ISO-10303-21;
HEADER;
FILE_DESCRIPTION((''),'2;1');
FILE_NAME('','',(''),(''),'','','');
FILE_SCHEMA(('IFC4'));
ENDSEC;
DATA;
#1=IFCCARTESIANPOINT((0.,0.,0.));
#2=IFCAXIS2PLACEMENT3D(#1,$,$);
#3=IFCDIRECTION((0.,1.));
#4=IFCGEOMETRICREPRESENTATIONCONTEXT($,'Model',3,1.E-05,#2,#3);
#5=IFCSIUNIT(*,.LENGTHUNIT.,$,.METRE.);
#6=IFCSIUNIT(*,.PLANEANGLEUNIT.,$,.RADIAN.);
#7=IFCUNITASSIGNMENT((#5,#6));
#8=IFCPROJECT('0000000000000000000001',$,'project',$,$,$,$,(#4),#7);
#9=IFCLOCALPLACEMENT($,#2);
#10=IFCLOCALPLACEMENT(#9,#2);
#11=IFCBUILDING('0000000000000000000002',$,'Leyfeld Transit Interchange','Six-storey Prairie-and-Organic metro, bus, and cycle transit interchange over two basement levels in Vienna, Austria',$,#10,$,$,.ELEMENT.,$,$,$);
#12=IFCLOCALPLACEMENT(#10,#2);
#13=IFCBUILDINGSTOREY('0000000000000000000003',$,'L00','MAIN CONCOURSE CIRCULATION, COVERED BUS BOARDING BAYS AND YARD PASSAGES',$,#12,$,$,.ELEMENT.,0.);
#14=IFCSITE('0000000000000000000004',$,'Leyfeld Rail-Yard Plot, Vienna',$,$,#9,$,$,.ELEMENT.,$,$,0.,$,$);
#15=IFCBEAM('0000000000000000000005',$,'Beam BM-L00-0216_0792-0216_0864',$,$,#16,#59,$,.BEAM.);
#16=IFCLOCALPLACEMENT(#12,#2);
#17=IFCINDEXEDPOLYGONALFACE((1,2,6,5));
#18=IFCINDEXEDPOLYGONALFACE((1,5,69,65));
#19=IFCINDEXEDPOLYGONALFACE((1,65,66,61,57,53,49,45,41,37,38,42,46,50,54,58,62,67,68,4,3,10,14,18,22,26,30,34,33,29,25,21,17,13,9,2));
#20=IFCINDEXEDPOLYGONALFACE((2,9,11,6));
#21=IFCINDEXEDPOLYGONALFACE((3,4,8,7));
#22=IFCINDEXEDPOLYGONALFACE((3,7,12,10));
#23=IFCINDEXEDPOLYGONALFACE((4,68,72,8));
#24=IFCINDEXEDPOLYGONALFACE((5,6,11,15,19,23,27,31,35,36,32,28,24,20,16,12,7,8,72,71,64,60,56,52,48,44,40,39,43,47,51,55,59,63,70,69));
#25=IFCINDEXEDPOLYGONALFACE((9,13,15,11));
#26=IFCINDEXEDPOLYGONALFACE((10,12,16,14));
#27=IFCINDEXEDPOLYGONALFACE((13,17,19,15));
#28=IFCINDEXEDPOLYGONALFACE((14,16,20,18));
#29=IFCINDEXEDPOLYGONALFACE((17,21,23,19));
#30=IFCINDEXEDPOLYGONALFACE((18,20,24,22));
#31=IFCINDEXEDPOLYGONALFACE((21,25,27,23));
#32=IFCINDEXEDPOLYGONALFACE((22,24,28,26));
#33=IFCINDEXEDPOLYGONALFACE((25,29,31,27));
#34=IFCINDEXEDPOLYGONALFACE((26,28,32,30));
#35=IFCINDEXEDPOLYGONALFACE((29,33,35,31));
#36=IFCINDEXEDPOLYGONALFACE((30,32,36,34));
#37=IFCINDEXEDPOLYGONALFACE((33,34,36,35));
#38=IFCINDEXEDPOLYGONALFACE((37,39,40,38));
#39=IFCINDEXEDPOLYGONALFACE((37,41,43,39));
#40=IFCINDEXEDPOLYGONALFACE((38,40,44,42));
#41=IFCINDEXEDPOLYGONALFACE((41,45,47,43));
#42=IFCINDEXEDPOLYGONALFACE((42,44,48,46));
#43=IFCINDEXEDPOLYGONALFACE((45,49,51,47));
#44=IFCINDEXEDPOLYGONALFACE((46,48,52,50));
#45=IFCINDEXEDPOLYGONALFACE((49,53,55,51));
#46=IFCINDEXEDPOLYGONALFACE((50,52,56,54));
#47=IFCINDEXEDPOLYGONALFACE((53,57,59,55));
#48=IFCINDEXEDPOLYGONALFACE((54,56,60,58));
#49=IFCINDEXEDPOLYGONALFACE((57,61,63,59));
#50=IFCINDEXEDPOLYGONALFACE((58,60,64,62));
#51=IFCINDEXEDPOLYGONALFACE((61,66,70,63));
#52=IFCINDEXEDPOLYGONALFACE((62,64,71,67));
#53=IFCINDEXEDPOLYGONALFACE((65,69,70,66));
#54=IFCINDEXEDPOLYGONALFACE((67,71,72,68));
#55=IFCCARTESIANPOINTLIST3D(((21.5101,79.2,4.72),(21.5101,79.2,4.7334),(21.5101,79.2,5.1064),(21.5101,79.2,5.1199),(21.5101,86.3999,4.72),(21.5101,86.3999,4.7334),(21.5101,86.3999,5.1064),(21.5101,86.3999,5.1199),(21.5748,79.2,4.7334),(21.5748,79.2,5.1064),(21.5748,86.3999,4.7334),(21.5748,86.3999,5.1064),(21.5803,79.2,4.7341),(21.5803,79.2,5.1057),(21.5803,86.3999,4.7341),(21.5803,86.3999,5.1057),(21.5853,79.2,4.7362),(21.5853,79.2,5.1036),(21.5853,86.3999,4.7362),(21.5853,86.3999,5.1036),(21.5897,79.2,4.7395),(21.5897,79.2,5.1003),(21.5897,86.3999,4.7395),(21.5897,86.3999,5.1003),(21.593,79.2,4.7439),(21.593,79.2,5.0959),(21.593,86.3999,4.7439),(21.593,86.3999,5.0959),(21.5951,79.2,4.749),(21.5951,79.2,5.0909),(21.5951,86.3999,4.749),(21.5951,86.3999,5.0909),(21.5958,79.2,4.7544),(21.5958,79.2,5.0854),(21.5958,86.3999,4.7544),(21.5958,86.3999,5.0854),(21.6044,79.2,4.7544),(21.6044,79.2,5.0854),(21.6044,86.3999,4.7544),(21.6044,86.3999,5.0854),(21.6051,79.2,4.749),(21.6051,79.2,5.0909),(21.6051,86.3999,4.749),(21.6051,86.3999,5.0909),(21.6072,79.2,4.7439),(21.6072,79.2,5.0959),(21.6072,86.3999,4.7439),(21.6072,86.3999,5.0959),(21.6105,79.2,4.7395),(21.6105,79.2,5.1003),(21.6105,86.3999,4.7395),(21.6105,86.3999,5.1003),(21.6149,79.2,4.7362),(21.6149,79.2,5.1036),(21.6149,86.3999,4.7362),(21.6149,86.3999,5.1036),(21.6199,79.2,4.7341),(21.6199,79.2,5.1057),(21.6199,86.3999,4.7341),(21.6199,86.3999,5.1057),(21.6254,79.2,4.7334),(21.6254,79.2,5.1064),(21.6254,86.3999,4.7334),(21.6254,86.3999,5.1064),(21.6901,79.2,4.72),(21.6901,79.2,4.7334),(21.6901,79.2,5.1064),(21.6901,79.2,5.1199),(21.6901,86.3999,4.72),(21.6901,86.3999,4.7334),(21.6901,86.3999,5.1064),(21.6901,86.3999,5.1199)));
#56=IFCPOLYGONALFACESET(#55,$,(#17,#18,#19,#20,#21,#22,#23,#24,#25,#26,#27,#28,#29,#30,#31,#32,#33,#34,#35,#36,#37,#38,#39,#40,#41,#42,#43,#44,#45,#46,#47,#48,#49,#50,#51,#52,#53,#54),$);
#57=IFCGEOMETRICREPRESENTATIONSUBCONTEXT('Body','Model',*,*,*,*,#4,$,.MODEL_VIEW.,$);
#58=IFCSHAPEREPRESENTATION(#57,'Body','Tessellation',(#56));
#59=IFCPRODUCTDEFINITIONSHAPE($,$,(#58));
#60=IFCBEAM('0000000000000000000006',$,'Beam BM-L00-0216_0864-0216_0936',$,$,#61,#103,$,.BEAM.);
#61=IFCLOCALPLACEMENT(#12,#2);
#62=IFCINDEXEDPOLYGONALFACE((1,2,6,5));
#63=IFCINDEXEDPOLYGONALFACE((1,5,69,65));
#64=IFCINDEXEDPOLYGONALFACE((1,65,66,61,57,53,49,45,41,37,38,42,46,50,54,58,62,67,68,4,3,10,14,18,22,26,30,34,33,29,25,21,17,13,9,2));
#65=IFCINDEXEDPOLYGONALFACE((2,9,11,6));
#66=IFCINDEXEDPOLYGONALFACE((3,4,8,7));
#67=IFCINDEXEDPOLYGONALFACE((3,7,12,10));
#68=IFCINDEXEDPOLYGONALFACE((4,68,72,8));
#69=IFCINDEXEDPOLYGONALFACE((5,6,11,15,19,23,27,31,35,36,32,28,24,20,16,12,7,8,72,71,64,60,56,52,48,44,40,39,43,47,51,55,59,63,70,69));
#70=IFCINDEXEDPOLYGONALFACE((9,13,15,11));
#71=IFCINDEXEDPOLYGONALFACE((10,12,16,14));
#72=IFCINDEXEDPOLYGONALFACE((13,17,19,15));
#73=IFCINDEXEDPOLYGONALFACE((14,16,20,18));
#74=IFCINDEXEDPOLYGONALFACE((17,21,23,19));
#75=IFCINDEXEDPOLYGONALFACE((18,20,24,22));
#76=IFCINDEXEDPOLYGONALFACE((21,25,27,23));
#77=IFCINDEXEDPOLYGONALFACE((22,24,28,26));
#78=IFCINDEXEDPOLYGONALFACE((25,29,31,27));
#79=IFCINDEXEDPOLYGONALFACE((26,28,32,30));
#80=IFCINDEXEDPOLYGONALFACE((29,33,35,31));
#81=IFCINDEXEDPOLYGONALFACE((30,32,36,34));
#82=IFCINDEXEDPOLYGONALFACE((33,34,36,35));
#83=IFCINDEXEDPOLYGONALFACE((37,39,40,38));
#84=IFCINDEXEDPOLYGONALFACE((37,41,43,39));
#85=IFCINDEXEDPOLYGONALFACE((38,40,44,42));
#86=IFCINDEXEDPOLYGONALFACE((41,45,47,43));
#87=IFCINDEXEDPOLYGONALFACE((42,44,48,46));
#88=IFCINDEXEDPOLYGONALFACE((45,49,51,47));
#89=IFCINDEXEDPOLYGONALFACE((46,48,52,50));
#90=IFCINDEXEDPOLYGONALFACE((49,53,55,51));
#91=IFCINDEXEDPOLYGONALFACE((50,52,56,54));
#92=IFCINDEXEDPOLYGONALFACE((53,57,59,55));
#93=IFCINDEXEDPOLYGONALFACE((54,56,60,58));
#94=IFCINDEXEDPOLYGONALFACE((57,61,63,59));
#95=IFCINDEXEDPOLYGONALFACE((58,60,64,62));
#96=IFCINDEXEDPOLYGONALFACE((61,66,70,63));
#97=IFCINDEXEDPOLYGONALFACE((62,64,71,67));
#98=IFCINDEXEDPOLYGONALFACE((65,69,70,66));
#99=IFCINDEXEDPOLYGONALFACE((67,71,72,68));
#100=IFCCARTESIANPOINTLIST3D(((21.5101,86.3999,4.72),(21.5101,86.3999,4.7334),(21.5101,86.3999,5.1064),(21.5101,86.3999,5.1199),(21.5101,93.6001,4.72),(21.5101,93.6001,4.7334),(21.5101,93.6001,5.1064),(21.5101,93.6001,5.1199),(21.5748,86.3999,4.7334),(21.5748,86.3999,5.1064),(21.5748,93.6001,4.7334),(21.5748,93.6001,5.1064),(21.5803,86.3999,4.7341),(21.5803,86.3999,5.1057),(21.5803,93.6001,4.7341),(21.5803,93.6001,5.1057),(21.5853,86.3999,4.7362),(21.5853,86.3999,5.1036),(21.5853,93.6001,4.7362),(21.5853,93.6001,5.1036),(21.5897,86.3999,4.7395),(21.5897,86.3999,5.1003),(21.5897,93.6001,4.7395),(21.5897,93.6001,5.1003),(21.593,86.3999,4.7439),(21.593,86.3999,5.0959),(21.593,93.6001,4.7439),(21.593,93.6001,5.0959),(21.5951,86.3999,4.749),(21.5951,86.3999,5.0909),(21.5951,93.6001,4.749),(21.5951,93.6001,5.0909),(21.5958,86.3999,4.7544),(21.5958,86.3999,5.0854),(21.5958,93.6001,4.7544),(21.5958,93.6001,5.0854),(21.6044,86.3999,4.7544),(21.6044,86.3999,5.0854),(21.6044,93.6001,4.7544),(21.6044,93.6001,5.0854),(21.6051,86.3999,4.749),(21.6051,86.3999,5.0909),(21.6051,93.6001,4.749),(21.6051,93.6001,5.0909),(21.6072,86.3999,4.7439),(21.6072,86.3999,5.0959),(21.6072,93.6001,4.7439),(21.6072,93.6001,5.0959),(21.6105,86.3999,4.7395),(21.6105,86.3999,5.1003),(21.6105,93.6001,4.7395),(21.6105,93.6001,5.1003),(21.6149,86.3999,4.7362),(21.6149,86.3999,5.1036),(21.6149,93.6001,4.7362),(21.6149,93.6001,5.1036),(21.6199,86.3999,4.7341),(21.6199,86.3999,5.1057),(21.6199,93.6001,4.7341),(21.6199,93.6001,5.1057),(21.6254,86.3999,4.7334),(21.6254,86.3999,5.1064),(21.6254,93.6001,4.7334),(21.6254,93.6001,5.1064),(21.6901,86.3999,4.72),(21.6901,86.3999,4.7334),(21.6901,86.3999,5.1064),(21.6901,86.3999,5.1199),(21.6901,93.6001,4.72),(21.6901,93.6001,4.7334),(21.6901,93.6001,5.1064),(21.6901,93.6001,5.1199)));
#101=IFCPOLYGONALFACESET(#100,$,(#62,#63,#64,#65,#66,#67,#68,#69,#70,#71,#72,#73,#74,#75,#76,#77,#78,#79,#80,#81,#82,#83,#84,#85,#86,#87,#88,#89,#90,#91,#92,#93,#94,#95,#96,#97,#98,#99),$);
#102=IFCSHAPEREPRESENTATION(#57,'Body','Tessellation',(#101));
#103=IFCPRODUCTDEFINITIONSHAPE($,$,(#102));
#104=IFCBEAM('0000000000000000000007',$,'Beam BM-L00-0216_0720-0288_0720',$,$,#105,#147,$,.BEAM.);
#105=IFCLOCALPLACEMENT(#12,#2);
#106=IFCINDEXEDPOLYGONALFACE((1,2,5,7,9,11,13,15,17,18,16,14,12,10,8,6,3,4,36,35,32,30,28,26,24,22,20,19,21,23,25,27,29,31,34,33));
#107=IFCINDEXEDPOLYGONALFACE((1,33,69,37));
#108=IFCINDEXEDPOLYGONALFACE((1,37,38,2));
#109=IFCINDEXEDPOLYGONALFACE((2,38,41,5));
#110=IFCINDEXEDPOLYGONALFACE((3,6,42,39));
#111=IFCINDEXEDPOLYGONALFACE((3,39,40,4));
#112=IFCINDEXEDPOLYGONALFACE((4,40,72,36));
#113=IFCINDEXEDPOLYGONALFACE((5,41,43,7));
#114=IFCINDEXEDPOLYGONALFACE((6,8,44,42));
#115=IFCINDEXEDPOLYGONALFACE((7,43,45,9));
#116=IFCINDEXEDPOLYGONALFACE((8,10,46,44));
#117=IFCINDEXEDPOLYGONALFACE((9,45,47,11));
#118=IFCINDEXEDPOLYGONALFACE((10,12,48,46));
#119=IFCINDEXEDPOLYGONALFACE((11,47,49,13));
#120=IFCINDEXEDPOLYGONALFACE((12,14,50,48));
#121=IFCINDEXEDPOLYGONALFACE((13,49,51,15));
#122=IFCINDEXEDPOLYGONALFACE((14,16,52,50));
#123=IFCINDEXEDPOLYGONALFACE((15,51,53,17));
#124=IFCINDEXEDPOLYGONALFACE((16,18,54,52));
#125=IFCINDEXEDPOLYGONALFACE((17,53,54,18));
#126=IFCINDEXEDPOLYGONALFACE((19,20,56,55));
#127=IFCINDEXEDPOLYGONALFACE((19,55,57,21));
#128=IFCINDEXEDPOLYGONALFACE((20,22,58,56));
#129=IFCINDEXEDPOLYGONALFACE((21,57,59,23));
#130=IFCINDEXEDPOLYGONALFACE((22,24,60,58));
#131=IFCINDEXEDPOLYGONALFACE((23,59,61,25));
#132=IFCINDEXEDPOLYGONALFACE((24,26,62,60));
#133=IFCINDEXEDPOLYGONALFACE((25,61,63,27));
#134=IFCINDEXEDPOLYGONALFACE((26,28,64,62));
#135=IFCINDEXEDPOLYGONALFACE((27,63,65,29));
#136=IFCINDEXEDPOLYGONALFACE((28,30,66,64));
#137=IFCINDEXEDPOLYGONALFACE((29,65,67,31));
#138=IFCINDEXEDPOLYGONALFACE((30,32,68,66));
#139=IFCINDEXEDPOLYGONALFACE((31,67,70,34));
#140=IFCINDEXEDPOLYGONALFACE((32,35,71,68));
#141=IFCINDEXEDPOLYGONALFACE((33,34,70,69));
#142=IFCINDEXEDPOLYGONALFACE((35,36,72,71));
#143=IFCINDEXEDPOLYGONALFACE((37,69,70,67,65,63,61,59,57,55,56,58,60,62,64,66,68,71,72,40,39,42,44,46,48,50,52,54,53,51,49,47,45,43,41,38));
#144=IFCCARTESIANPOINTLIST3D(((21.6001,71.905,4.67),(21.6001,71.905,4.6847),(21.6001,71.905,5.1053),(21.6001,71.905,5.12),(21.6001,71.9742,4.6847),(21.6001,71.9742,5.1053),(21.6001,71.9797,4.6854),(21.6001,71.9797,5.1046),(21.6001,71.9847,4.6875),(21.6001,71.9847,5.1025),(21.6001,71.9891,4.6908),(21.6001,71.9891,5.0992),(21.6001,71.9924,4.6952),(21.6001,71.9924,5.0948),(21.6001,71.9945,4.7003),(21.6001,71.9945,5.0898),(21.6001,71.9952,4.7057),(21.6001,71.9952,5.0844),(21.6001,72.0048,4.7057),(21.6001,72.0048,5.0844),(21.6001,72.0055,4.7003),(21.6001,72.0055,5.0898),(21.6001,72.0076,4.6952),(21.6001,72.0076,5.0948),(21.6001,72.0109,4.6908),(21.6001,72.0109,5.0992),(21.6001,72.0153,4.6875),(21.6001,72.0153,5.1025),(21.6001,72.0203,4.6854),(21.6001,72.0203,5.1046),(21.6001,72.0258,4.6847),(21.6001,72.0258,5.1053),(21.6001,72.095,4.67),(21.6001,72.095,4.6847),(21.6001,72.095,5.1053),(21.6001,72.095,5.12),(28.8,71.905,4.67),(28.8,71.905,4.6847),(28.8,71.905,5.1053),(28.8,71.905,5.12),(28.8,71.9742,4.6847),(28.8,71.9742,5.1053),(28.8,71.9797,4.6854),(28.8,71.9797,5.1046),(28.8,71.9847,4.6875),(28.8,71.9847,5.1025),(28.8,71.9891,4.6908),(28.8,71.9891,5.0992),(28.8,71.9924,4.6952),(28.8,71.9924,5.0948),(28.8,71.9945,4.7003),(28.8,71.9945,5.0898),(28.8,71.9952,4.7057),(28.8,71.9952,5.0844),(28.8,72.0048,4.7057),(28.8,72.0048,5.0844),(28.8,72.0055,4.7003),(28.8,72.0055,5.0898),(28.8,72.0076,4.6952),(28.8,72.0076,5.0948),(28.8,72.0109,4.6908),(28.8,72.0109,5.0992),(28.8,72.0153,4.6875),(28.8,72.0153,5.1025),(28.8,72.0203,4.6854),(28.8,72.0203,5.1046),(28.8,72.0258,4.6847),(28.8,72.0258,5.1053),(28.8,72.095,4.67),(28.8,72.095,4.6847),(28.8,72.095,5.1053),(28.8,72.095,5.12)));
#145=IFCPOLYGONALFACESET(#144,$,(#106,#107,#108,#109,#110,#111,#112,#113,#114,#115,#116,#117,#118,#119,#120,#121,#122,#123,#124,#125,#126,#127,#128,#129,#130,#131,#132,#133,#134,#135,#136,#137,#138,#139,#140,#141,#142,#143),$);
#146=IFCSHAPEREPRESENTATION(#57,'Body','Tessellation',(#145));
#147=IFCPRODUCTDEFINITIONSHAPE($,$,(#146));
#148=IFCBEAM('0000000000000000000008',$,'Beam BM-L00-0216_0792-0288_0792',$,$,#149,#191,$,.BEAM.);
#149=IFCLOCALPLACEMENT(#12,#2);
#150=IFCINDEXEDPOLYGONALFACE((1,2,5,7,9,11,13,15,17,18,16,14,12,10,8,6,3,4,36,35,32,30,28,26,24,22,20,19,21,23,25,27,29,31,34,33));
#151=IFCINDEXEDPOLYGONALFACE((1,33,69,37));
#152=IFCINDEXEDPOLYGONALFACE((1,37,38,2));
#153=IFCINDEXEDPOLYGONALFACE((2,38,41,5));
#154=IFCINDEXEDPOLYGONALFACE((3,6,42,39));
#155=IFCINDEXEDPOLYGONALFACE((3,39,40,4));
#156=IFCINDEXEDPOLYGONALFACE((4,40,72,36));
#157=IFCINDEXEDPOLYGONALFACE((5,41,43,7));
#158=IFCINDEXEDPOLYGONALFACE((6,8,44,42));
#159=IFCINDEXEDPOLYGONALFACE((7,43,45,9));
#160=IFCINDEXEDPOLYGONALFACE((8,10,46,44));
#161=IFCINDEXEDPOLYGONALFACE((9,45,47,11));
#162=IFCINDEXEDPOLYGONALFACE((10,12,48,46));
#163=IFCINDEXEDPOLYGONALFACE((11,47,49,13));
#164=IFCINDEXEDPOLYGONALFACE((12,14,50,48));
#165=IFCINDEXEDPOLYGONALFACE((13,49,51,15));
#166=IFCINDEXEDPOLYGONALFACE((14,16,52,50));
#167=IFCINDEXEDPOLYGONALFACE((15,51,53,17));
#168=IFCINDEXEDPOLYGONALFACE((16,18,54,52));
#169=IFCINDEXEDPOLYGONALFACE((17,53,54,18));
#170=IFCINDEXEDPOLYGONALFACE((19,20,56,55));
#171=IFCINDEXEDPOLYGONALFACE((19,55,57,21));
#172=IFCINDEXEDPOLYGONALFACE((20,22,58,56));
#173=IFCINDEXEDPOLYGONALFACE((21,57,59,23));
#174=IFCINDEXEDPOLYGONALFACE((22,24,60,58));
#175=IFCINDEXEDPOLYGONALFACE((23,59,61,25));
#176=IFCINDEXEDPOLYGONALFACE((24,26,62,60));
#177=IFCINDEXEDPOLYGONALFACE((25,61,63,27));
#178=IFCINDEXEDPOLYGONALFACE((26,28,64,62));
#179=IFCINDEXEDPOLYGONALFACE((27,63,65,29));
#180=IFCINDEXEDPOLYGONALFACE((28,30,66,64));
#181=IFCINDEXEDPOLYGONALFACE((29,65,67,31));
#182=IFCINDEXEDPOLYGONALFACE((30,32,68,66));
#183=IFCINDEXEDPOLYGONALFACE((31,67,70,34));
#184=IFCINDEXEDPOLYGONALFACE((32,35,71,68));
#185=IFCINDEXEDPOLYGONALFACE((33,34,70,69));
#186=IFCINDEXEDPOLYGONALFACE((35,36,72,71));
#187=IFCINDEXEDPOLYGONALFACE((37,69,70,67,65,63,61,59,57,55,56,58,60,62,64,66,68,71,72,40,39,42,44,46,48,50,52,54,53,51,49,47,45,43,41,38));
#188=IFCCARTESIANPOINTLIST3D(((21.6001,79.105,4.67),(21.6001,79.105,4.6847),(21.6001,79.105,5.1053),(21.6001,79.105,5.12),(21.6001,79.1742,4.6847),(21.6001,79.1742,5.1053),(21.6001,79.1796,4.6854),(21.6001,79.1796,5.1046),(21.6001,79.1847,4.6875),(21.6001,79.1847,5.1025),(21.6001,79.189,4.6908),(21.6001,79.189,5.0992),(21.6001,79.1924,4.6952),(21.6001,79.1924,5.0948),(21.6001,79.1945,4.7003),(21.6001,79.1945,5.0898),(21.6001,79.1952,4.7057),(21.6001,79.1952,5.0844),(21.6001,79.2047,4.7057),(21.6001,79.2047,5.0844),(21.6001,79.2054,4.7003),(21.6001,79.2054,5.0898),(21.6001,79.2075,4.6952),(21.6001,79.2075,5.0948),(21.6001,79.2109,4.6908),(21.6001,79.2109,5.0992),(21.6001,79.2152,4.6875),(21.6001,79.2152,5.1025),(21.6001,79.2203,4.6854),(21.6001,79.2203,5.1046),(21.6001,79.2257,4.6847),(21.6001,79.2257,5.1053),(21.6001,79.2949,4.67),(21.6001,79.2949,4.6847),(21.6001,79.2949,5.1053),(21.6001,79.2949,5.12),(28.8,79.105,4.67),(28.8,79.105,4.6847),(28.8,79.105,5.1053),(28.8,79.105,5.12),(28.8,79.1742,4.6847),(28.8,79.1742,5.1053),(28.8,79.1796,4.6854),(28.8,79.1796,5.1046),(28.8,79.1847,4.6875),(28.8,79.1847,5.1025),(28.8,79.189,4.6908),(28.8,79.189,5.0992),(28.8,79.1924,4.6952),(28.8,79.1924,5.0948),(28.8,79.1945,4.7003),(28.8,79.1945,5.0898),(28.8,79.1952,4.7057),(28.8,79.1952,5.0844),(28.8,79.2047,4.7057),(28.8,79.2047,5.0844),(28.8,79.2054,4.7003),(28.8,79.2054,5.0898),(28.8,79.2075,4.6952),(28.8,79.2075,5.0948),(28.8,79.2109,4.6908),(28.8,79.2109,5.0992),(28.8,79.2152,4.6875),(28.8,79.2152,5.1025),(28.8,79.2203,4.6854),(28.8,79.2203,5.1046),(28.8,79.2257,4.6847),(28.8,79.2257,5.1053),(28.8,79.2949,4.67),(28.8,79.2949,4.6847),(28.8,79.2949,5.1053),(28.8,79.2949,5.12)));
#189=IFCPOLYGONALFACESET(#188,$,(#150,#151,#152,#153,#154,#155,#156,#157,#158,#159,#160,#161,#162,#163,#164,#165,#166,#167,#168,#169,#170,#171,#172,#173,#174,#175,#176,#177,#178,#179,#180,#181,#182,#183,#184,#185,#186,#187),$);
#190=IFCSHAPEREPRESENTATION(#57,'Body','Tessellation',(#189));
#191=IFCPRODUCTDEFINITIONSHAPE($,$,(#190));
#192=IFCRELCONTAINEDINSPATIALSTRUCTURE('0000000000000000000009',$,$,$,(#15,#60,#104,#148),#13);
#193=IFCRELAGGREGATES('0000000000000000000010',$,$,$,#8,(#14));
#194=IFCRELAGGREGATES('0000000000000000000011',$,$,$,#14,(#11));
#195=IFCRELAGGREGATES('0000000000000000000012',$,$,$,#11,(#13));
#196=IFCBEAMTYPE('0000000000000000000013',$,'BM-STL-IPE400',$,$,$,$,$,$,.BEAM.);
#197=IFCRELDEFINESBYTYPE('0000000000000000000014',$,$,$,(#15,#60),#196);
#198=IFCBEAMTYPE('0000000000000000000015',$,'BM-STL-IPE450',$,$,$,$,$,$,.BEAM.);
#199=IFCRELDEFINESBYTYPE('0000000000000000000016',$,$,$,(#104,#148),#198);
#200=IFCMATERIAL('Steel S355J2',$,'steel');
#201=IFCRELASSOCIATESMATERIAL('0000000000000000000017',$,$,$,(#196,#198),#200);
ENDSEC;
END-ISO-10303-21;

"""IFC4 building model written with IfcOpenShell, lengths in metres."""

from ifc_helpers import new_model, si_unit, direction, frame, origin, origin_2d, place, context, subcontext, project, spatial, i_section, extrude, material, material_profile, profile_set, type_object, element, save


model = new_model("IFC4")

# Units and contexts
model_context = context("Model", 3, precision=1e-05, world=origin(), true_north=direction((0.0, 1.0)))
body_context = subcontext(model_context, "Body", "Model", "MODEL_VIEW")
ifc_project = project(units=[si_unit("LENGTHUNIT", "METRE"), si_unit("PLANEANGLEUNIT", "RADIAN")], contexts=[model_context])

# Site, building, storey
site_placement = place(None, origin())
site = spatial("IfcSite", under=ifc_project, at=site_placement, Name="Leyfeld Rail-Yard Plot, Vienna", CompositionType="ELEMENT", RefElevation=0.0)
building_placement = place(site_placement, origin())
building = spatial("IfcBuilding", under=site, at=building_placement, Name="Leyfeld Transit Interchange", Description="Six-storey Prairie-and-Organic metro, bus, and cycle transit interchange over two basement levels in Vienna, Austria", CompositionType="ELEMENT")
storey_placement = place(building_placement, origin())
storey = spatial("IfcBuildingStorey", under=building, at=storey_placement, Name="L00", Description="MAIN CONCOURSE CIRCULATION, COVERED BUS BOARDING BAYS AND YARD PASSAGES", CompositionType="ELEMENT", Elevation=0.0)

# Beams
ifc_material_1 = material(Name="Steel S355J2", Category="steel")
ifc_material_profile_1 = material_profile(ifc_material_1, i_section(OverallWidth=0.1799, OverallDepth=0.3999, WebThickness=0.0085, FlangeThickness=0.0134, FilletRadius=0.021, at=origin_2d()), Name="IPE 400")
ifc_profile_set_1 = profile_set([ifc_material_profile_1], Name="Steel S355J2")
beam_type_1 = type_object("IfcBeamType", Name="BM-STL-IPE400", PredefinedType="BEAM", material=ifc_profile_set_1)
for number, where, z_axis, x_axis, name in (
    (1, (21.6001, 79.2, 4.9199), (0.0, 1.0, 0.0), (-1.0, 0.0, 0.0), "Beam BM-L00-0216_0792-0216_0864"),
):
    element("IfcBeam", number, at=place(storey_placement, frame(where, z_axis=z_axis, x_axis=x_axis)), inside=storey, type_object=beam_type_1, Name=name, PredefinedType="BEAM", context=body_context, shape_type="SweptSolid", body=[
        extrude(i_section(OverallWidth=0.1799, OverallDepth=0.3999, WebThickness=0.0085, FlangeThickness=0.0134, FilletRadius=0.021, at=origin_2d()), origin(), (0.0, 0.0, 1.0), 7.2),
    ])
beam_1_placement = place(storey_placement, frame((21.6001, 86.3999, 4.9199), z_axis=(0.0, 1.0, 0.0), x_axis=(-1.0, 0.0, 0.0)))
element("IfcBeam", 2, at=beam_1_placement, inside=storey, type_object=beam_type_1, Name="Beam BM-L00-0216_0864-0216_0936", PredefinedType="BEAM", context=body_context, shape_type="SweptSolid", body=[
    extrude(i_section(OverallWidth=0.1799, OverallDepth=0.3999, WebThickness=0.0085, FlangeThickness=0.0134, FilletRadius=0.021, at=origin_2d()), origin(), (0.0, 0.0, 1.0), 7.2002),
])
ifc_material_profile_2 = material_profile(ifc_material_1, i_section(OverallWidth=0.1899, OverallDepth=0.45, WebThickness=0.0095, FlangeThickness=0.0146, FilletRadius=0.021, at=origin_2d()), Name="IPE 450")
ifc_profile_set_2 = profile_set([ifc_material_profile_2], Name="Steel S355J2")
beam_type_2 = type_object("IfcBeamType", Name="BM-STL-IPE450", PredefinedType="BEAM", material=ifc_profile_set_2)
for number, where, z_axis, x_axis, name in (
    (3, (21.6001, 72.0, 4.895), (1.0, 0.0, 0.0), (0.0, 1.0, 0.0), "Beam BM-L00-0216_0720-0288_0720"),
    (4, (21.6001, 79.2, 4.895), (1.0, 0.0, 0.0), (0.0, 1.0, 0.0), "Beam BM-L00-0216_0792-0288_0792"),
):
    element("IfcBeam", number, at=place(storey_placement, frame(where, z_axis=z_axis, x_axis=x_axis)), inside=storey, type_object=beam_type_2, Name=name, PredefinedType="BEAM", context=body_context, shape_type="SweptSolid", body=[
        extrude(i_section(OverallWidth=0.1899, OverallDepth=0.45, WebThickness=0.0095, FlangeThickness=0.0146, FilletRadius=0.021, at=origin_2d()), origin(), (0.0, 0.0, 1.0), 7.2),
    ])

save(model, "model.ifc")
